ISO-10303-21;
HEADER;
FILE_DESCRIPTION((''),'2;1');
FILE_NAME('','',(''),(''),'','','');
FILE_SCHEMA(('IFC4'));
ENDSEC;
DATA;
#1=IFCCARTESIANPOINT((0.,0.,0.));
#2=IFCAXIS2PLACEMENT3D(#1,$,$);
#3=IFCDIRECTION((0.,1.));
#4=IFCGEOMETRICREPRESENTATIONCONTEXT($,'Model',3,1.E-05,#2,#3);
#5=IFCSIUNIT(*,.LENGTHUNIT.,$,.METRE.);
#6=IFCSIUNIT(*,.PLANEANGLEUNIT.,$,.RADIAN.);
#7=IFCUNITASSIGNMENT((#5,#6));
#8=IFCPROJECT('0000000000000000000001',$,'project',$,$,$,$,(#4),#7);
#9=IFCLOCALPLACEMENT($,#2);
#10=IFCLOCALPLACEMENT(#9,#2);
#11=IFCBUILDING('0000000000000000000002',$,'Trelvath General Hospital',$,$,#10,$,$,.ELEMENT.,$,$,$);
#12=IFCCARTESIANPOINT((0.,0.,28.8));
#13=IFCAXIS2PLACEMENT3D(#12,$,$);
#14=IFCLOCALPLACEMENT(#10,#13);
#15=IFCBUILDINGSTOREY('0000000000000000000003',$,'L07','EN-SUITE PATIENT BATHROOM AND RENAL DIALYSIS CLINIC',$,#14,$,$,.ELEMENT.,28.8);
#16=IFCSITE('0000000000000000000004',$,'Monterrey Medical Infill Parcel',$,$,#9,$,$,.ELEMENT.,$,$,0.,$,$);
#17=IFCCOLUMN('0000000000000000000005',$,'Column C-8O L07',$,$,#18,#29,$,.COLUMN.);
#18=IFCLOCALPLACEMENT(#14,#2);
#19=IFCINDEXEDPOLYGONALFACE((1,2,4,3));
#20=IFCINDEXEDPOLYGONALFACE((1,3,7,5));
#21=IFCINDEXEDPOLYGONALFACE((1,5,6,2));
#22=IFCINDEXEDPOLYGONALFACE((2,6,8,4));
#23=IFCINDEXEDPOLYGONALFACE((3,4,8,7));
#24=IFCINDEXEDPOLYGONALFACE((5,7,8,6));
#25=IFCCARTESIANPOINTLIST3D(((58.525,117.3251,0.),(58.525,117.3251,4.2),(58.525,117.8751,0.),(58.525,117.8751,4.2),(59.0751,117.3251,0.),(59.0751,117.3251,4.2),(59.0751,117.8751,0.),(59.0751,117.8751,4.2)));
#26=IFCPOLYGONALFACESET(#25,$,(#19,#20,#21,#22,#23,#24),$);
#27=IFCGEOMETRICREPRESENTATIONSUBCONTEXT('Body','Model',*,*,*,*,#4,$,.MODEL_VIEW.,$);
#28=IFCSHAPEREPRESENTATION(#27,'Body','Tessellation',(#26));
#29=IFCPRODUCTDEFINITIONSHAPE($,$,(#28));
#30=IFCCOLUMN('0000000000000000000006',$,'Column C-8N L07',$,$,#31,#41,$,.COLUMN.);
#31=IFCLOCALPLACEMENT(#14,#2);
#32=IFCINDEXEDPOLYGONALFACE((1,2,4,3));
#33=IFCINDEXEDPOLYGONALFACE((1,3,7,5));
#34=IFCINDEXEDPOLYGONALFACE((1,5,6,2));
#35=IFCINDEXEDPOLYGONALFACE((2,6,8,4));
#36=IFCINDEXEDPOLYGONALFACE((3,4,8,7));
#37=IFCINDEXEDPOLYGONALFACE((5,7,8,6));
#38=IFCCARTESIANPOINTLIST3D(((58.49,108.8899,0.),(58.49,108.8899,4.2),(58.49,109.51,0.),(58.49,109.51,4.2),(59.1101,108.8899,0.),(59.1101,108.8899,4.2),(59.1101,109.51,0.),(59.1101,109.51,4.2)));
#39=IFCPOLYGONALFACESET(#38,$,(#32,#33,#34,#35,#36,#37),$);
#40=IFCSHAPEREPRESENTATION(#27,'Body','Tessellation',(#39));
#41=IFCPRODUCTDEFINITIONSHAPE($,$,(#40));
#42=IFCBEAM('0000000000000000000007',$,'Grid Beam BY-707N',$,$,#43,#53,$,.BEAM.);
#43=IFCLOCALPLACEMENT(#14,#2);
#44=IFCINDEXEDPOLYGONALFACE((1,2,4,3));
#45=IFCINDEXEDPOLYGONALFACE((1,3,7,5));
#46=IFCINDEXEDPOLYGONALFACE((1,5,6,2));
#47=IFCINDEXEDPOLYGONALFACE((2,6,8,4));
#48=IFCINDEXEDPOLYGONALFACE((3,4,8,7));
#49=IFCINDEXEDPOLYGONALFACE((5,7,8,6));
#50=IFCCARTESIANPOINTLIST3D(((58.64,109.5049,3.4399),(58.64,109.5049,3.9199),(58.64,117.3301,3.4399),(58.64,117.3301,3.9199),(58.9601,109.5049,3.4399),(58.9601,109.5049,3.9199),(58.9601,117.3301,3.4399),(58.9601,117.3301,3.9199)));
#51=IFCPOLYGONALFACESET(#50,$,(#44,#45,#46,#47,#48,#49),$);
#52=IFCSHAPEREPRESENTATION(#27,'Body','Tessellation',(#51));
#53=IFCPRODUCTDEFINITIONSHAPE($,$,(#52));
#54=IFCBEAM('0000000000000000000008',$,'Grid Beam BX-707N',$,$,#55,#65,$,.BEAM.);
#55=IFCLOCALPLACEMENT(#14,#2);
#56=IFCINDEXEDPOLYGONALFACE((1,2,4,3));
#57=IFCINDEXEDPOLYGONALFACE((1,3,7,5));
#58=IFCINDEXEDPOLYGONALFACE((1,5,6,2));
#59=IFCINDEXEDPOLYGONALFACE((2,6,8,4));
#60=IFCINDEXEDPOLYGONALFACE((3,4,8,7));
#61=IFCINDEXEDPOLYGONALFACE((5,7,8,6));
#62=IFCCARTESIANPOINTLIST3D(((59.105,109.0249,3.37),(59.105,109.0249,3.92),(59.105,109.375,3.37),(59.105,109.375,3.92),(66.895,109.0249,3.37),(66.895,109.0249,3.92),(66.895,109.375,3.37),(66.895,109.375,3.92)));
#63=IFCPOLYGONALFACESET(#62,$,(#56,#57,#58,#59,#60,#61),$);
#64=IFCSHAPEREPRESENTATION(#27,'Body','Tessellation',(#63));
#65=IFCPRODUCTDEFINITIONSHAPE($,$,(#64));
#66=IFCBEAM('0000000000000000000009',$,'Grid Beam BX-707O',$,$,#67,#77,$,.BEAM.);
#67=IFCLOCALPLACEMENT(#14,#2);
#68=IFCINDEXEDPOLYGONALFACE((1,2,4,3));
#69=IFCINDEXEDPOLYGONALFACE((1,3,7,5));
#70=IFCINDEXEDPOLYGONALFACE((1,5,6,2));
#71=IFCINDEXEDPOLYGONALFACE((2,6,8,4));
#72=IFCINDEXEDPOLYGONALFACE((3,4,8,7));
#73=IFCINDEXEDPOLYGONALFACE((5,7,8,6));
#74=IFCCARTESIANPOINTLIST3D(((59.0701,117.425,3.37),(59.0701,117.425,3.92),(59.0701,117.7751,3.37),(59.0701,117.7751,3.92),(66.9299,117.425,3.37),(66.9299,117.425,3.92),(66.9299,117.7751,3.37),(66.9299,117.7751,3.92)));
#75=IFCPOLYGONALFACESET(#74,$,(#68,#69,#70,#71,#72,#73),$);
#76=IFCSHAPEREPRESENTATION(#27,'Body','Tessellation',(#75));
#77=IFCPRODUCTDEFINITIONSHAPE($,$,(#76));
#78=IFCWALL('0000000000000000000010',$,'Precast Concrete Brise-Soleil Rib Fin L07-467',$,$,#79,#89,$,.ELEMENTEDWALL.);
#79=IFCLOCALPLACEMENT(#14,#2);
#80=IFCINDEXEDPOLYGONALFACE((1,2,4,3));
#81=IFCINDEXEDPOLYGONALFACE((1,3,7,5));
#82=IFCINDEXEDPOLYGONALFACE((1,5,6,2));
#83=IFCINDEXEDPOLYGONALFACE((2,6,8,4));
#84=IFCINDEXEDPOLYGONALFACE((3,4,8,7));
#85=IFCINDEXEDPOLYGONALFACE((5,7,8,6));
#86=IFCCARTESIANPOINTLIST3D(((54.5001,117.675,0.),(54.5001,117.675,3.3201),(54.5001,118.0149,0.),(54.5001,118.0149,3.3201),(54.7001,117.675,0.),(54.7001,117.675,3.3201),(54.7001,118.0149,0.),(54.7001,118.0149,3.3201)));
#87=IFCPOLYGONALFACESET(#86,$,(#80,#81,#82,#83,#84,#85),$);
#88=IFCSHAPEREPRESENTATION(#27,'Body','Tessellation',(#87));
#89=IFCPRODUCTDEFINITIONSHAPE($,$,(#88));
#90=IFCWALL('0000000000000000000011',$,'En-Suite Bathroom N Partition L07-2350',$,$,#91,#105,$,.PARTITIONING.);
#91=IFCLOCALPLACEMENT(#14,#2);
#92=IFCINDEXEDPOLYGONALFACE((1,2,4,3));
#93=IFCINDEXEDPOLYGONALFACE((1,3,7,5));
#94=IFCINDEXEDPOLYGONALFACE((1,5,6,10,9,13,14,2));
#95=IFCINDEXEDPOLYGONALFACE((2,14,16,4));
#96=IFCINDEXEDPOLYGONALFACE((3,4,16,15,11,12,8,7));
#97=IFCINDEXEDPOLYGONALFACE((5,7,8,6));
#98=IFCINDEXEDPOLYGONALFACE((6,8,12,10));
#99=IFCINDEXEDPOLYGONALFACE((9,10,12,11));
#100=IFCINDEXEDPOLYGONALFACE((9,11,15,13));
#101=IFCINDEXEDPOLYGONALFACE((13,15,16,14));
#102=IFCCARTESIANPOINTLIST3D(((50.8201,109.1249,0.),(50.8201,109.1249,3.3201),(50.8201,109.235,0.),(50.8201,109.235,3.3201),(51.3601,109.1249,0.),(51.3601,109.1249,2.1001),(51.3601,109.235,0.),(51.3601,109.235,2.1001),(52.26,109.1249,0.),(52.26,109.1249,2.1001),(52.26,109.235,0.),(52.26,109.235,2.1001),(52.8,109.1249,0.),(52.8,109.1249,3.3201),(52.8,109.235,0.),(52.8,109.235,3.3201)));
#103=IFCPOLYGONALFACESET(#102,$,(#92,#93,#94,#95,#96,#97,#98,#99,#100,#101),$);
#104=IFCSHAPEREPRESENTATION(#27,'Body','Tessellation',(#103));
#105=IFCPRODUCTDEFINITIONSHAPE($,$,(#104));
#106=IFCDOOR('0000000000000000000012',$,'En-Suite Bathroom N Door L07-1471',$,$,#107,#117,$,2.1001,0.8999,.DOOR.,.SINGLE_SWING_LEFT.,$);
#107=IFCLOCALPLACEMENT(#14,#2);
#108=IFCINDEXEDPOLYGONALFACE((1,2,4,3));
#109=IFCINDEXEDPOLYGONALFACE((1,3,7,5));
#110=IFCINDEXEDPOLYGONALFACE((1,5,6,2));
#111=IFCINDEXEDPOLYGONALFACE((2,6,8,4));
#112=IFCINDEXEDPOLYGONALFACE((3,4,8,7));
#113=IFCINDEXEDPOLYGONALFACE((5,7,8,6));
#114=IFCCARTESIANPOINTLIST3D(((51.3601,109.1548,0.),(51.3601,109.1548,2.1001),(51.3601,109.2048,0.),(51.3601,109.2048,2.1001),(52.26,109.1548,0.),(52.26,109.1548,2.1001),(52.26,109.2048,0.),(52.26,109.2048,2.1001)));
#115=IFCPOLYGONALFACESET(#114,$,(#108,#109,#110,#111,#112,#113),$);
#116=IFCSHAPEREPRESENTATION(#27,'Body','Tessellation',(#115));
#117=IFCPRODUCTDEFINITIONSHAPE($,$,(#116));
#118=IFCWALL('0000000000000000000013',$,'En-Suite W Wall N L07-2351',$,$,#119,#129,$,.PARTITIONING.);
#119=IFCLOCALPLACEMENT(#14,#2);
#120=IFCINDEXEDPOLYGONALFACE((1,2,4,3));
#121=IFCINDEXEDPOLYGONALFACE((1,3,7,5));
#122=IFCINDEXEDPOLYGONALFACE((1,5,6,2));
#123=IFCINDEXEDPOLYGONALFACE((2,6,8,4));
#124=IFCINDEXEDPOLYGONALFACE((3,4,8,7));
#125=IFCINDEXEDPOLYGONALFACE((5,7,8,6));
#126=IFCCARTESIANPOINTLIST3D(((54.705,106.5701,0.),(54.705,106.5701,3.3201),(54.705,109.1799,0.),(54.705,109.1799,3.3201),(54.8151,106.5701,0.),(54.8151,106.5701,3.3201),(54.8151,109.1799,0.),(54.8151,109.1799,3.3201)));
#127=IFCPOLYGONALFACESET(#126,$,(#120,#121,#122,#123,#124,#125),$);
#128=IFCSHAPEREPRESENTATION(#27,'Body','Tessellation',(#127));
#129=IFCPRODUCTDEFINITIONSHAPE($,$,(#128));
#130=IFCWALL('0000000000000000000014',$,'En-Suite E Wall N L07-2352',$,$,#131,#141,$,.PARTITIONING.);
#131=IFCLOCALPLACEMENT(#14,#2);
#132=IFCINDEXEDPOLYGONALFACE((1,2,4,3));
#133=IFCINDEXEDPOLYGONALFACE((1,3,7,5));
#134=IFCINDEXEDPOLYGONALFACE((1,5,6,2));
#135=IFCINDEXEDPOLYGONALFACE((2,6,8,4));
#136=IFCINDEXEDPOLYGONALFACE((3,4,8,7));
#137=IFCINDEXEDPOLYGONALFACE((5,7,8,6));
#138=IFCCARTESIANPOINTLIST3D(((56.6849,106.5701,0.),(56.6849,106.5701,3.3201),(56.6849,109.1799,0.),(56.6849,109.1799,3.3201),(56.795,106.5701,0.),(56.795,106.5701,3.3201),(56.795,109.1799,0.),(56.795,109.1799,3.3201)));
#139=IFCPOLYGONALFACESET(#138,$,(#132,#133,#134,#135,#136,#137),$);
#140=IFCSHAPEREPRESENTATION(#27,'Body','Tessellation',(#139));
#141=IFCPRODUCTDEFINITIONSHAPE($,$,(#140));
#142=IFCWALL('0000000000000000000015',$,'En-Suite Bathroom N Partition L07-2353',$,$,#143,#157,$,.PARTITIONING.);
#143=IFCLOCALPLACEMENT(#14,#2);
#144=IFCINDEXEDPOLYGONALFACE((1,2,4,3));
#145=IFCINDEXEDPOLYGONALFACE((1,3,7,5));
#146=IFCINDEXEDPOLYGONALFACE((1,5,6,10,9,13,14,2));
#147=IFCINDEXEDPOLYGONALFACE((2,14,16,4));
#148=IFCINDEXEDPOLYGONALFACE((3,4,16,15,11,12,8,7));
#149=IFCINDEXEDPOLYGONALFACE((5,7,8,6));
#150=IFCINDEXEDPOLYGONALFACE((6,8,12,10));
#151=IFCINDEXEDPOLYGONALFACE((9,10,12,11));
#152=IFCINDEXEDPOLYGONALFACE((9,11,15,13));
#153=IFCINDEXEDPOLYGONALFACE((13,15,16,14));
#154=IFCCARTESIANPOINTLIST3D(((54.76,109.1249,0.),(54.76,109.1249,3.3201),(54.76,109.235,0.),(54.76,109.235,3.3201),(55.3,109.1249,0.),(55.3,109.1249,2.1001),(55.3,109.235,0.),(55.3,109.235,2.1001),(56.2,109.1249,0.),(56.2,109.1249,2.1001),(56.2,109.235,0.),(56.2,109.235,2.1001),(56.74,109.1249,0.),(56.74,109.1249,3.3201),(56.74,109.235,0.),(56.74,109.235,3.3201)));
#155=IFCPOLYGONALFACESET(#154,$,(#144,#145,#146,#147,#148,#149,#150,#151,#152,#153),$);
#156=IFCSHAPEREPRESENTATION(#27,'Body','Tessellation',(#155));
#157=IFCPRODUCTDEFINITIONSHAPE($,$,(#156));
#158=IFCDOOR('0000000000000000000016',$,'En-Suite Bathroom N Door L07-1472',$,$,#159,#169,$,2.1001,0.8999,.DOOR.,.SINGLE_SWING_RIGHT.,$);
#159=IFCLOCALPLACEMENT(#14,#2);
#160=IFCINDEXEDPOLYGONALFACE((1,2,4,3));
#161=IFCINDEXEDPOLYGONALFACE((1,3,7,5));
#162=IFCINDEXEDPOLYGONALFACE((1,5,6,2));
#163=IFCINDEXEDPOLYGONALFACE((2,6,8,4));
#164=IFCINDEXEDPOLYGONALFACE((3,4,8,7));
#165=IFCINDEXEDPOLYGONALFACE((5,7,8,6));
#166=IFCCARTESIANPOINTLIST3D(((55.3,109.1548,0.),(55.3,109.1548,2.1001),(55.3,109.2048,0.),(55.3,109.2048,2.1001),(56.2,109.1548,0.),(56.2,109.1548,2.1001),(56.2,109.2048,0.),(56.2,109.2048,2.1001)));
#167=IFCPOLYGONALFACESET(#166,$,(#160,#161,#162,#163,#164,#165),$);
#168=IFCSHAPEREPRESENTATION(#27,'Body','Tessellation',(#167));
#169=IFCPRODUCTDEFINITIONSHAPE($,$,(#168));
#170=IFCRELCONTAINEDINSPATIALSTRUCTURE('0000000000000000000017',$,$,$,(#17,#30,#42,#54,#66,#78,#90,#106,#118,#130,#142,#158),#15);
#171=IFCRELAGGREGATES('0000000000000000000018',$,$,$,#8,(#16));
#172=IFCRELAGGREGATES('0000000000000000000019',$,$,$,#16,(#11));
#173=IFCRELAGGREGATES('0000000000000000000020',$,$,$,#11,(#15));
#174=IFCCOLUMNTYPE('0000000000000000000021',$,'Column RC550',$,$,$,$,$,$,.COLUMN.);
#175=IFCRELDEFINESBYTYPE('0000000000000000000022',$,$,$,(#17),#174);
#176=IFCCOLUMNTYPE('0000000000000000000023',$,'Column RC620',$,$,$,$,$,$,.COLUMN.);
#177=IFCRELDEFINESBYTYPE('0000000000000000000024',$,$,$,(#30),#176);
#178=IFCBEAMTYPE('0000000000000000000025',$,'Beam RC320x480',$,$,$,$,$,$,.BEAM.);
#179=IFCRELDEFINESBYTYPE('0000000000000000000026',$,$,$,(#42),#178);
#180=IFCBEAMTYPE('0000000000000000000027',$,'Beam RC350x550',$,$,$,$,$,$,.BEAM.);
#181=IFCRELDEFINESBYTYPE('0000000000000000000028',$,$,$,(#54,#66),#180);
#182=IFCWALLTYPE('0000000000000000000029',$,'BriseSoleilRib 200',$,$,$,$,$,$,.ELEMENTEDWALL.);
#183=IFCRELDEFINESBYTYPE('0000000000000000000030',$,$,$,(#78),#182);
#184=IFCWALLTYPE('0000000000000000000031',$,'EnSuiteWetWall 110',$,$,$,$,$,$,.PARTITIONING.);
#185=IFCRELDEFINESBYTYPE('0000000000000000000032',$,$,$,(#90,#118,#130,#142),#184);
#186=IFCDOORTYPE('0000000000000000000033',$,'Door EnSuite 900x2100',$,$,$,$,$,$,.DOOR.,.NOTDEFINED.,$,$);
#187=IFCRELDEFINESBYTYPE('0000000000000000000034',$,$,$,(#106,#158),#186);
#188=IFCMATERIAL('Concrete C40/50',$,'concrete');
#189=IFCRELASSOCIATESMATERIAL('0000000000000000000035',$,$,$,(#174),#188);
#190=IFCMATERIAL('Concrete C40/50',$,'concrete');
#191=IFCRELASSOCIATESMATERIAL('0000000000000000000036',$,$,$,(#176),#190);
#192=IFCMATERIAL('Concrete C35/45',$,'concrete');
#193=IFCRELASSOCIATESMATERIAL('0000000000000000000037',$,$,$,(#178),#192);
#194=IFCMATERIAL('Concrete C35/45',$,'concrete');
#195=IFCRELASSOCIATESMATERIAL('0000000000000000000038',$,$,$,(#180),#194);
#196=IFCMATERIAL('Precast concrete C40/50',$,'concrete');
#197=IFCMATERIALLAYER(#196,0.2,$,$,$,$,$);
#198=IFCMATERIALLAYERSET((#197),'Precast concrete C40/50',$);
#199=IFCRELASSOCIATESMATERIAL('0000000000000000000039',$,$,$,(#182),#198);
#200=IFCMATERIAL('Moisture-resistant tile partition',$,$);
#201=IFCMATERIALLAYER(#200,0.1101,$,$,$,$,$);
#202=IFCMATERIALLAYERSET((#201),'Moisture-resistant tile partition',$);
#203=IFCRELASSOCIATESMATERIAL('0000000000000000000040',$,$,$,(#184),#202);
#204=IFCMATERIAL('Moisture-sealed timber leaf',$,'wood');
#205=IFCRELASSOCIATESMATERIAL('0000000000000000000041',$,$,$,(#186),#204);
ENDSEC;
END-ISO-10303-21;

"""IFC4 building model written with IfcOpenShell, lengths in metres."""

from ifc_helpers import new_model, si_unit, direction, frame, frame_2d, origin, origin_2d, place, context, subcontext, project, spatial, rectangle, extrude, material, layer, layer_set, material_profile, profile_set, type_object, element, fill, save


model = new_model("IFC4")

# Units and contexts
model_context = context("Model", 3, precision=1e-05, world=origin(), true_north=direction((0.0, 1.0)))
body_context = subcontext(model_context, "Body", "Model", "MODEL_VIEW")
ifc_project = project(units=[si_unit("LENGTHUNIT", "METRE"), si_unit("PLANEANGLEUNIT", "RADIAN")], contexts=[model_context])

# Site, building, storey
site_placement = place(None, origin())
site = spatial("IfcSite", under=ifc_project, at=site_placement, Name="Monterrey Medical Infill Parcel", CompositionType="ELEMENT", RefElevation=0.0)
building_placement = place(site_placement, origin())
building = spatial("IfcBuilding", under=site, at=building_placement, Name="Trelvath General Hospital", CompositionType="ELEMENT")
storey_placement = place(building_placement, frame((0.0, 0.0, 28.8)))
storey = spatial("IfcBuildingStorey", under=building, at=storey_placement, Name="L07", Description="EN-SUITE PATIENT BATHROOM AND RENAL DIALYSIS CLINIC", CompositionType="ELEMENT", Elevation=28.8)

# Columns
ifc_material_1 = material(Name="Concrete C40/50", Category="concrete")
ifc_material_profile_1 = material_profile(ifc_material_1, rectangle(XDim=0.55, YDim=0.55, at=origin_2d()), Name="RC550x550")
ifc_profile_set_1 = profile_set([ifc_material_profile_1], Name="Concrete C40/50")
column_type_1 = type_object("IfcColumnType", Name="Column RC550", PredefinedType="COLUMN", material=ifc_profile_set_1)
column_1_placement = place(storey_placement, frame((58.8, 117.6001, 0.0), z_axis=(0.0, 0.0, 1.0), x_axis=(1.0, 0.0, 0.0)))
element("IfcColumn", 1, at=column_1_placement, inside=storey, type_object=column_type_1, Name="Column C-8O L07", PredefinedType="COLUMN", context=body_context, shape_type="SweptSolid", body=[
    extrude(rectangle(XDim=0.55, YDim=0.55, at=origin_2d()), origin(), (0.0, 0.0, 1.0), 4.2),
])
ifc_material_2 = material(Name="Concrete C40/50", Category="concrete")
ifc_material_profile_2 = material_profile(ifc_material_2, rectangle(XDim=0.6201, YDim=0.6201, at=origin_2d()), Name="RC620x620")
ifc_profile_set_2 = profile_set([ifc_material_profile_2], Name="Concrete C40/50")
column_type_2 = type_object("IfcColumnType", Name="Column RC620", PredefinedType="COLUMN", material=ifc_profile_set_2)
column_2_placement = place(storey_placement, frame((58.8, 109.2, 0.0), z_axis=(0.0, 0.0, 1.0), x_axis=(1.0, 0.0, 0.0)))
element("IfcColumn", 2, at=column_2_placement, inside=storey, type_object=column_type_2, Name="Column C-8N L07", PredefinedType="COLUMN", context=body_context, shape_type="SweptSolid", body=[
    extrude(rectangle(XDim=0.6201, YDim=0.6201, at=origin_2d()), origin(), (0.0, 0.0, 1.0), 4.2),
])

# Beams
ifc_material_3 = material(Name="Concrete C35/45", Category="concrete")
ifc_material_profile_3 = material_profile(ifc_material_3, rectangle(XDim=0.3201, YDim=0.48, at=origin_2d()), Name="RCB320x480")
ifc_profile_set_3 = profile_set([ifc_material_profile_3], Name="Concrete C35/45")
beam_type_1 = type_object("IfcBeamType", Name="Beam RC320x480", PredefinedType="BEAM", material=ifc_profile_set_3)
beam_1_placement = place(storey_placement, frame((58.8, 109.5049, 3.6799), z_axis=(0.0, 1.0, 0.0), x_axis=(-1.0, 0.0, 0.0)))
element("IfcBeam", 3, at=beam_1_placement, inside=storey, type_object=beam_type_1, Name="Grid Beam BY-707N", PredefinedType="BEAM", context=body_context, shape_type="SweptSolid", body=[
    extrude(rectangle(XDim=0.3201, YDim=0.48, at=origin_2d()), origin(), (0.0, 0.0, 1.0), 7.8252),
])
ifc_material_4 = material(Name="Concrete C35/45", Category="concrete")
ifc_material_profile_4 = material_profile(ifc_material_4, rectangle(XDim=0.3501, YDim=0.55, at=origin_2d()), Name="RCB350x550")
ifc_profile_set_4 = profile_set([ifc_material_profile_4], Name="Concrete C35/45")
beam_type_2 = type_object("IfcBeamType", Name="Beam RC350x550", PredefinedType="BEAM", material=ifc_profile_set_4)
beam_2_placement = place(storey_placement, frame((59.105, 109.2, 3.645), z_axis=(1.0, 0.0, 0.0), x_axis=(0.0, 1.0, 0.0)))
element("IfcBeam", 4, at=beam_2_placement, inside=storey, type_object=beam_type_2, Name="Grid Beam BX-707N", PredefinedType="BEAM", context=body_context, shape_type="SweptSolid", body=[
    extrude(rectangle(XDim=0.3501, YDim=0.55, at=origin_2d()), origin(), (0.0, 0.0, 1.0), 7.79),
])
beam_3_placement = place(storey_placement, frame((59.0701, 117.6001, 3.645), z_axis=(1.0, 0.0, 0.0), x_axis=(0.0, 1.0, 0.0)))
element("IfcBeam", 5, at=beam_3_placement, inside=storey, type_object=beam_type_2, Name="Grid Beam BX-707O", PredefinedType="BEAM", context=body_context, shape_type="SweptSolid", body=[
    extrude(rectangle(XDim=0.3501, YDim=0.55, at=origin_2d()), origin(), (0.0, 0.0, 1.0), 7.8599),
])

# Wall
ifc_material_5 = material(Name="Precast concrete C40/50", Category="concrete")
ifc_layer_1 = layer(ifc_material_5, 0.2)
ifc_layer_set_1 = layer_set([ifc_layer_1], Name="Precast concrete C40/50")
wall_type_1 = type_object("IfcWallType", Name="BriseSoleilRib 200", PredefinedType="ELEMENTEDWALL", material=ifc_layer_set_1)
wall_1_placement = place(storey_placement, frame((54.6001, 117.675, 0.0), z_axis=(0.0, 0.0, 1.0), x_axis=(0.0, 1.0, 0.0)))
element("IfcWall", 6, at=wall_1_placement, inside=storey, type_object=wall_type_1, Name="Precast Concrete Brise-Soleil Rib Fin L07-467", PredefinedType="ELEMENTEDWALL", context=body_context, shape_type="SweptSolid", body=[
    extrude(rectangle(XDim=0.3398, YDim=0.2, at=frame_2d((0.1699, 0.0))), origin(), (0.0, 0.0, 1.0), 3.3201),
])

# Wall, opening, door
ifc_material_6 = material(Name="Moisture-resistant tile partition")
ifc_layer_2 = layer(ifc_material_6, 0.1101)
ifc_layer_set_2 = layer_set([ifc_layer_2], Name="Moisture-resistant tile partition")
wall_type_2 = type_object("IfcWallType", Name="EnSuiteWetWall 110", PredefinedType="PARTITIONING", material=ifc_layer_set_2)
wall_2_placement = place(storey_placement, frame((50.8201, 109.1799, 0.0), z_axis=(0.0, 0.0, 1.0), x_axis=(1.0, 0.0, 0.0)))
wall_2 = element("IfcWall", 7, at=wall_2_placement, inside=storey, type_object=wall_type_2, Name="En-Suite Bathroom N Partition L07-2350", PredefinedType="PARTITIONING", context=body_context, shape_type="SweptSolid", body=[
    extrude(rectangle(XDim=1.98, YDim=0.1101, at=frame_2d((0.99, 0.0))), origin(), (0.0, 0.0, 1.0), 3.3201),
])
opening_1_placement = place(wall_2_placement, frame((0.54, 0.0, 0.0)))
opening_1 = element("IfcOpeningElement", 8, at=opening_1_placement, cuts=wall_2, PredefinedType="OPENING", context=body_context, shape_type="SweptSolid", body=[
    extrude(rectangle(XDim=0.8999, YDim=2.1001, at=frame_2d((0.45, 1.05))), frame((0.0, 0.0649, 0.0), z_axis=(0.0, -1.0, 0.0), x_axis=(1.0, 0.0, 0.0)), (0.0, 0.0, 1.0), 0.1301),
])
ifc_material_7 = material(Name="Moisture-sealed timber leaf", Category="wood")
door_type = type_object("IfcDoorType", Name="Door EnSuite 900x2100", OperationType="NOTDEFINED", PredefinedType="DOOR", material=ifc_material_7)
door_1_placement = place(opening_1_placement, origin())
door_1 = element("IfcDoor", 9, at=door_1_placement, inside=storey, type_object=door_type, Name="En-Suite Bathroom N Door L07-1471", OperationType="SINGLE_SWING_LEFT", OverallHeight=2.1001, OverallWidth=0.8999, PredefinedType="DOOR", context=body_context, shape_type="SweptSolid", body=[
    extrude(rectangle(XDim=0.8999, YDim=2.1001, at=frame_2d((0.45, 1.05))), frame((0.0, 0.0249, 0.0), z_axis=(0.0, -1.0, 0.0), x_axis=(1.0, 0.0, 0.0)), (0.0, 0.0, 1.0), 0.05),
])
fill(opening_1, door_1)

# Walls
for number, where, z_axis, x_axis, name in (
    (10, (54.76, 106.5701, 0.0), (0.0, 0.0, 1.0), (0.0, 1.0, 0.0), "En-Suite W Wall N L07-2351"),
    (11, (56.74, 106.5701, 0.0), (0.0, 0.0, 1.0), (0.0, 1.0, 0.0), "En-Suite E Wall N L07-2352"),
):
    element("IfcWall", number, at=place(storey_placement, frame(where, z_axis=z_axis, x_axis=x_axis)), inside=storey, type_object=wall_type_2, Name=name, PredefinedType="PARTITIONING", context=body_context, shape_type="SweptSolid", body=[
        extrude(rectangle(XDim=2.6099, YDim=0.1101, at=frame_2d((1.3049, 0.0))), origin(), (0.0, 0.0, 1.0), 3.3201),
    ])

# Wall, opening, door
wall_3_placement = place(storey_placement, frame((54.76, 109.1799, 0.0), z_axis=(0.0, 0.0, 1.0), x_axis=(1.0, 0.0, 0.0)))
wall_3 = element("IfcWall", 12, at=wall_3_placement, inside=storey, type_object=wall_type_2, Name="En-Suite Bathroom N Partition L07-2353", PredefinedType="PARTITIONING", context=body_context, shape_type="SweptSolid", body=[
    extrude(rectangle(XDim=1.98, YDim=0.1101, at=frame_2d((0.99, 0.0))), origin(), (0.0, 0.0, 1.0), 3.3201),
])
opening_2_placement = place(wall_3_placement, frame((0.54, 0.0, 0.0)))
opening_2 = element("IfcOpeningElement", 13, at=opening_2_placement, cuts=wall_3, PredefinedType="OPENING", context=body_context, shape_type="SweptSolid", body=[
    extrude(rectangle(XDim=0.8999, YDim=2.1001, at=frame_2d((0.45, 1.05))), frame((0.0, 0.0649, 0.0), z_axis=(0.0, -1.0, 0.0), x_axis=(1.0, 0.0, 0.0)), (0.0, 0.0, 1.0), 0.1301),
])
door_2_placement = place(opening_2_placement, origin())
door_2 = element("IfcDoor", 14, at=door_2_placement, inside=storey, type_object=door_type, Name="En-Suite Bathroom N Door L07-1472", OperationType="SINGLE_SWING_RIGHT", OverallHeight=2.1001, OverallWidth=0.8999, PredefinedType="DOOR", context=body_context, shape_type="SweptSolid", body=[
    extrude(rectangle(XDim=0.8999, YDim=2.1001, at=frame_2d((0.45, 1.05))), frame((0.0, 0.0249, 0.0), z_axis=(0.0, -1.0, 0.0), x_axis=(1.0, 0.0, 0.0)), (0.0, 0.0, 1.0), 0.05),
])
fill(opening_2, door_2)

save(model, "model.ifc")
